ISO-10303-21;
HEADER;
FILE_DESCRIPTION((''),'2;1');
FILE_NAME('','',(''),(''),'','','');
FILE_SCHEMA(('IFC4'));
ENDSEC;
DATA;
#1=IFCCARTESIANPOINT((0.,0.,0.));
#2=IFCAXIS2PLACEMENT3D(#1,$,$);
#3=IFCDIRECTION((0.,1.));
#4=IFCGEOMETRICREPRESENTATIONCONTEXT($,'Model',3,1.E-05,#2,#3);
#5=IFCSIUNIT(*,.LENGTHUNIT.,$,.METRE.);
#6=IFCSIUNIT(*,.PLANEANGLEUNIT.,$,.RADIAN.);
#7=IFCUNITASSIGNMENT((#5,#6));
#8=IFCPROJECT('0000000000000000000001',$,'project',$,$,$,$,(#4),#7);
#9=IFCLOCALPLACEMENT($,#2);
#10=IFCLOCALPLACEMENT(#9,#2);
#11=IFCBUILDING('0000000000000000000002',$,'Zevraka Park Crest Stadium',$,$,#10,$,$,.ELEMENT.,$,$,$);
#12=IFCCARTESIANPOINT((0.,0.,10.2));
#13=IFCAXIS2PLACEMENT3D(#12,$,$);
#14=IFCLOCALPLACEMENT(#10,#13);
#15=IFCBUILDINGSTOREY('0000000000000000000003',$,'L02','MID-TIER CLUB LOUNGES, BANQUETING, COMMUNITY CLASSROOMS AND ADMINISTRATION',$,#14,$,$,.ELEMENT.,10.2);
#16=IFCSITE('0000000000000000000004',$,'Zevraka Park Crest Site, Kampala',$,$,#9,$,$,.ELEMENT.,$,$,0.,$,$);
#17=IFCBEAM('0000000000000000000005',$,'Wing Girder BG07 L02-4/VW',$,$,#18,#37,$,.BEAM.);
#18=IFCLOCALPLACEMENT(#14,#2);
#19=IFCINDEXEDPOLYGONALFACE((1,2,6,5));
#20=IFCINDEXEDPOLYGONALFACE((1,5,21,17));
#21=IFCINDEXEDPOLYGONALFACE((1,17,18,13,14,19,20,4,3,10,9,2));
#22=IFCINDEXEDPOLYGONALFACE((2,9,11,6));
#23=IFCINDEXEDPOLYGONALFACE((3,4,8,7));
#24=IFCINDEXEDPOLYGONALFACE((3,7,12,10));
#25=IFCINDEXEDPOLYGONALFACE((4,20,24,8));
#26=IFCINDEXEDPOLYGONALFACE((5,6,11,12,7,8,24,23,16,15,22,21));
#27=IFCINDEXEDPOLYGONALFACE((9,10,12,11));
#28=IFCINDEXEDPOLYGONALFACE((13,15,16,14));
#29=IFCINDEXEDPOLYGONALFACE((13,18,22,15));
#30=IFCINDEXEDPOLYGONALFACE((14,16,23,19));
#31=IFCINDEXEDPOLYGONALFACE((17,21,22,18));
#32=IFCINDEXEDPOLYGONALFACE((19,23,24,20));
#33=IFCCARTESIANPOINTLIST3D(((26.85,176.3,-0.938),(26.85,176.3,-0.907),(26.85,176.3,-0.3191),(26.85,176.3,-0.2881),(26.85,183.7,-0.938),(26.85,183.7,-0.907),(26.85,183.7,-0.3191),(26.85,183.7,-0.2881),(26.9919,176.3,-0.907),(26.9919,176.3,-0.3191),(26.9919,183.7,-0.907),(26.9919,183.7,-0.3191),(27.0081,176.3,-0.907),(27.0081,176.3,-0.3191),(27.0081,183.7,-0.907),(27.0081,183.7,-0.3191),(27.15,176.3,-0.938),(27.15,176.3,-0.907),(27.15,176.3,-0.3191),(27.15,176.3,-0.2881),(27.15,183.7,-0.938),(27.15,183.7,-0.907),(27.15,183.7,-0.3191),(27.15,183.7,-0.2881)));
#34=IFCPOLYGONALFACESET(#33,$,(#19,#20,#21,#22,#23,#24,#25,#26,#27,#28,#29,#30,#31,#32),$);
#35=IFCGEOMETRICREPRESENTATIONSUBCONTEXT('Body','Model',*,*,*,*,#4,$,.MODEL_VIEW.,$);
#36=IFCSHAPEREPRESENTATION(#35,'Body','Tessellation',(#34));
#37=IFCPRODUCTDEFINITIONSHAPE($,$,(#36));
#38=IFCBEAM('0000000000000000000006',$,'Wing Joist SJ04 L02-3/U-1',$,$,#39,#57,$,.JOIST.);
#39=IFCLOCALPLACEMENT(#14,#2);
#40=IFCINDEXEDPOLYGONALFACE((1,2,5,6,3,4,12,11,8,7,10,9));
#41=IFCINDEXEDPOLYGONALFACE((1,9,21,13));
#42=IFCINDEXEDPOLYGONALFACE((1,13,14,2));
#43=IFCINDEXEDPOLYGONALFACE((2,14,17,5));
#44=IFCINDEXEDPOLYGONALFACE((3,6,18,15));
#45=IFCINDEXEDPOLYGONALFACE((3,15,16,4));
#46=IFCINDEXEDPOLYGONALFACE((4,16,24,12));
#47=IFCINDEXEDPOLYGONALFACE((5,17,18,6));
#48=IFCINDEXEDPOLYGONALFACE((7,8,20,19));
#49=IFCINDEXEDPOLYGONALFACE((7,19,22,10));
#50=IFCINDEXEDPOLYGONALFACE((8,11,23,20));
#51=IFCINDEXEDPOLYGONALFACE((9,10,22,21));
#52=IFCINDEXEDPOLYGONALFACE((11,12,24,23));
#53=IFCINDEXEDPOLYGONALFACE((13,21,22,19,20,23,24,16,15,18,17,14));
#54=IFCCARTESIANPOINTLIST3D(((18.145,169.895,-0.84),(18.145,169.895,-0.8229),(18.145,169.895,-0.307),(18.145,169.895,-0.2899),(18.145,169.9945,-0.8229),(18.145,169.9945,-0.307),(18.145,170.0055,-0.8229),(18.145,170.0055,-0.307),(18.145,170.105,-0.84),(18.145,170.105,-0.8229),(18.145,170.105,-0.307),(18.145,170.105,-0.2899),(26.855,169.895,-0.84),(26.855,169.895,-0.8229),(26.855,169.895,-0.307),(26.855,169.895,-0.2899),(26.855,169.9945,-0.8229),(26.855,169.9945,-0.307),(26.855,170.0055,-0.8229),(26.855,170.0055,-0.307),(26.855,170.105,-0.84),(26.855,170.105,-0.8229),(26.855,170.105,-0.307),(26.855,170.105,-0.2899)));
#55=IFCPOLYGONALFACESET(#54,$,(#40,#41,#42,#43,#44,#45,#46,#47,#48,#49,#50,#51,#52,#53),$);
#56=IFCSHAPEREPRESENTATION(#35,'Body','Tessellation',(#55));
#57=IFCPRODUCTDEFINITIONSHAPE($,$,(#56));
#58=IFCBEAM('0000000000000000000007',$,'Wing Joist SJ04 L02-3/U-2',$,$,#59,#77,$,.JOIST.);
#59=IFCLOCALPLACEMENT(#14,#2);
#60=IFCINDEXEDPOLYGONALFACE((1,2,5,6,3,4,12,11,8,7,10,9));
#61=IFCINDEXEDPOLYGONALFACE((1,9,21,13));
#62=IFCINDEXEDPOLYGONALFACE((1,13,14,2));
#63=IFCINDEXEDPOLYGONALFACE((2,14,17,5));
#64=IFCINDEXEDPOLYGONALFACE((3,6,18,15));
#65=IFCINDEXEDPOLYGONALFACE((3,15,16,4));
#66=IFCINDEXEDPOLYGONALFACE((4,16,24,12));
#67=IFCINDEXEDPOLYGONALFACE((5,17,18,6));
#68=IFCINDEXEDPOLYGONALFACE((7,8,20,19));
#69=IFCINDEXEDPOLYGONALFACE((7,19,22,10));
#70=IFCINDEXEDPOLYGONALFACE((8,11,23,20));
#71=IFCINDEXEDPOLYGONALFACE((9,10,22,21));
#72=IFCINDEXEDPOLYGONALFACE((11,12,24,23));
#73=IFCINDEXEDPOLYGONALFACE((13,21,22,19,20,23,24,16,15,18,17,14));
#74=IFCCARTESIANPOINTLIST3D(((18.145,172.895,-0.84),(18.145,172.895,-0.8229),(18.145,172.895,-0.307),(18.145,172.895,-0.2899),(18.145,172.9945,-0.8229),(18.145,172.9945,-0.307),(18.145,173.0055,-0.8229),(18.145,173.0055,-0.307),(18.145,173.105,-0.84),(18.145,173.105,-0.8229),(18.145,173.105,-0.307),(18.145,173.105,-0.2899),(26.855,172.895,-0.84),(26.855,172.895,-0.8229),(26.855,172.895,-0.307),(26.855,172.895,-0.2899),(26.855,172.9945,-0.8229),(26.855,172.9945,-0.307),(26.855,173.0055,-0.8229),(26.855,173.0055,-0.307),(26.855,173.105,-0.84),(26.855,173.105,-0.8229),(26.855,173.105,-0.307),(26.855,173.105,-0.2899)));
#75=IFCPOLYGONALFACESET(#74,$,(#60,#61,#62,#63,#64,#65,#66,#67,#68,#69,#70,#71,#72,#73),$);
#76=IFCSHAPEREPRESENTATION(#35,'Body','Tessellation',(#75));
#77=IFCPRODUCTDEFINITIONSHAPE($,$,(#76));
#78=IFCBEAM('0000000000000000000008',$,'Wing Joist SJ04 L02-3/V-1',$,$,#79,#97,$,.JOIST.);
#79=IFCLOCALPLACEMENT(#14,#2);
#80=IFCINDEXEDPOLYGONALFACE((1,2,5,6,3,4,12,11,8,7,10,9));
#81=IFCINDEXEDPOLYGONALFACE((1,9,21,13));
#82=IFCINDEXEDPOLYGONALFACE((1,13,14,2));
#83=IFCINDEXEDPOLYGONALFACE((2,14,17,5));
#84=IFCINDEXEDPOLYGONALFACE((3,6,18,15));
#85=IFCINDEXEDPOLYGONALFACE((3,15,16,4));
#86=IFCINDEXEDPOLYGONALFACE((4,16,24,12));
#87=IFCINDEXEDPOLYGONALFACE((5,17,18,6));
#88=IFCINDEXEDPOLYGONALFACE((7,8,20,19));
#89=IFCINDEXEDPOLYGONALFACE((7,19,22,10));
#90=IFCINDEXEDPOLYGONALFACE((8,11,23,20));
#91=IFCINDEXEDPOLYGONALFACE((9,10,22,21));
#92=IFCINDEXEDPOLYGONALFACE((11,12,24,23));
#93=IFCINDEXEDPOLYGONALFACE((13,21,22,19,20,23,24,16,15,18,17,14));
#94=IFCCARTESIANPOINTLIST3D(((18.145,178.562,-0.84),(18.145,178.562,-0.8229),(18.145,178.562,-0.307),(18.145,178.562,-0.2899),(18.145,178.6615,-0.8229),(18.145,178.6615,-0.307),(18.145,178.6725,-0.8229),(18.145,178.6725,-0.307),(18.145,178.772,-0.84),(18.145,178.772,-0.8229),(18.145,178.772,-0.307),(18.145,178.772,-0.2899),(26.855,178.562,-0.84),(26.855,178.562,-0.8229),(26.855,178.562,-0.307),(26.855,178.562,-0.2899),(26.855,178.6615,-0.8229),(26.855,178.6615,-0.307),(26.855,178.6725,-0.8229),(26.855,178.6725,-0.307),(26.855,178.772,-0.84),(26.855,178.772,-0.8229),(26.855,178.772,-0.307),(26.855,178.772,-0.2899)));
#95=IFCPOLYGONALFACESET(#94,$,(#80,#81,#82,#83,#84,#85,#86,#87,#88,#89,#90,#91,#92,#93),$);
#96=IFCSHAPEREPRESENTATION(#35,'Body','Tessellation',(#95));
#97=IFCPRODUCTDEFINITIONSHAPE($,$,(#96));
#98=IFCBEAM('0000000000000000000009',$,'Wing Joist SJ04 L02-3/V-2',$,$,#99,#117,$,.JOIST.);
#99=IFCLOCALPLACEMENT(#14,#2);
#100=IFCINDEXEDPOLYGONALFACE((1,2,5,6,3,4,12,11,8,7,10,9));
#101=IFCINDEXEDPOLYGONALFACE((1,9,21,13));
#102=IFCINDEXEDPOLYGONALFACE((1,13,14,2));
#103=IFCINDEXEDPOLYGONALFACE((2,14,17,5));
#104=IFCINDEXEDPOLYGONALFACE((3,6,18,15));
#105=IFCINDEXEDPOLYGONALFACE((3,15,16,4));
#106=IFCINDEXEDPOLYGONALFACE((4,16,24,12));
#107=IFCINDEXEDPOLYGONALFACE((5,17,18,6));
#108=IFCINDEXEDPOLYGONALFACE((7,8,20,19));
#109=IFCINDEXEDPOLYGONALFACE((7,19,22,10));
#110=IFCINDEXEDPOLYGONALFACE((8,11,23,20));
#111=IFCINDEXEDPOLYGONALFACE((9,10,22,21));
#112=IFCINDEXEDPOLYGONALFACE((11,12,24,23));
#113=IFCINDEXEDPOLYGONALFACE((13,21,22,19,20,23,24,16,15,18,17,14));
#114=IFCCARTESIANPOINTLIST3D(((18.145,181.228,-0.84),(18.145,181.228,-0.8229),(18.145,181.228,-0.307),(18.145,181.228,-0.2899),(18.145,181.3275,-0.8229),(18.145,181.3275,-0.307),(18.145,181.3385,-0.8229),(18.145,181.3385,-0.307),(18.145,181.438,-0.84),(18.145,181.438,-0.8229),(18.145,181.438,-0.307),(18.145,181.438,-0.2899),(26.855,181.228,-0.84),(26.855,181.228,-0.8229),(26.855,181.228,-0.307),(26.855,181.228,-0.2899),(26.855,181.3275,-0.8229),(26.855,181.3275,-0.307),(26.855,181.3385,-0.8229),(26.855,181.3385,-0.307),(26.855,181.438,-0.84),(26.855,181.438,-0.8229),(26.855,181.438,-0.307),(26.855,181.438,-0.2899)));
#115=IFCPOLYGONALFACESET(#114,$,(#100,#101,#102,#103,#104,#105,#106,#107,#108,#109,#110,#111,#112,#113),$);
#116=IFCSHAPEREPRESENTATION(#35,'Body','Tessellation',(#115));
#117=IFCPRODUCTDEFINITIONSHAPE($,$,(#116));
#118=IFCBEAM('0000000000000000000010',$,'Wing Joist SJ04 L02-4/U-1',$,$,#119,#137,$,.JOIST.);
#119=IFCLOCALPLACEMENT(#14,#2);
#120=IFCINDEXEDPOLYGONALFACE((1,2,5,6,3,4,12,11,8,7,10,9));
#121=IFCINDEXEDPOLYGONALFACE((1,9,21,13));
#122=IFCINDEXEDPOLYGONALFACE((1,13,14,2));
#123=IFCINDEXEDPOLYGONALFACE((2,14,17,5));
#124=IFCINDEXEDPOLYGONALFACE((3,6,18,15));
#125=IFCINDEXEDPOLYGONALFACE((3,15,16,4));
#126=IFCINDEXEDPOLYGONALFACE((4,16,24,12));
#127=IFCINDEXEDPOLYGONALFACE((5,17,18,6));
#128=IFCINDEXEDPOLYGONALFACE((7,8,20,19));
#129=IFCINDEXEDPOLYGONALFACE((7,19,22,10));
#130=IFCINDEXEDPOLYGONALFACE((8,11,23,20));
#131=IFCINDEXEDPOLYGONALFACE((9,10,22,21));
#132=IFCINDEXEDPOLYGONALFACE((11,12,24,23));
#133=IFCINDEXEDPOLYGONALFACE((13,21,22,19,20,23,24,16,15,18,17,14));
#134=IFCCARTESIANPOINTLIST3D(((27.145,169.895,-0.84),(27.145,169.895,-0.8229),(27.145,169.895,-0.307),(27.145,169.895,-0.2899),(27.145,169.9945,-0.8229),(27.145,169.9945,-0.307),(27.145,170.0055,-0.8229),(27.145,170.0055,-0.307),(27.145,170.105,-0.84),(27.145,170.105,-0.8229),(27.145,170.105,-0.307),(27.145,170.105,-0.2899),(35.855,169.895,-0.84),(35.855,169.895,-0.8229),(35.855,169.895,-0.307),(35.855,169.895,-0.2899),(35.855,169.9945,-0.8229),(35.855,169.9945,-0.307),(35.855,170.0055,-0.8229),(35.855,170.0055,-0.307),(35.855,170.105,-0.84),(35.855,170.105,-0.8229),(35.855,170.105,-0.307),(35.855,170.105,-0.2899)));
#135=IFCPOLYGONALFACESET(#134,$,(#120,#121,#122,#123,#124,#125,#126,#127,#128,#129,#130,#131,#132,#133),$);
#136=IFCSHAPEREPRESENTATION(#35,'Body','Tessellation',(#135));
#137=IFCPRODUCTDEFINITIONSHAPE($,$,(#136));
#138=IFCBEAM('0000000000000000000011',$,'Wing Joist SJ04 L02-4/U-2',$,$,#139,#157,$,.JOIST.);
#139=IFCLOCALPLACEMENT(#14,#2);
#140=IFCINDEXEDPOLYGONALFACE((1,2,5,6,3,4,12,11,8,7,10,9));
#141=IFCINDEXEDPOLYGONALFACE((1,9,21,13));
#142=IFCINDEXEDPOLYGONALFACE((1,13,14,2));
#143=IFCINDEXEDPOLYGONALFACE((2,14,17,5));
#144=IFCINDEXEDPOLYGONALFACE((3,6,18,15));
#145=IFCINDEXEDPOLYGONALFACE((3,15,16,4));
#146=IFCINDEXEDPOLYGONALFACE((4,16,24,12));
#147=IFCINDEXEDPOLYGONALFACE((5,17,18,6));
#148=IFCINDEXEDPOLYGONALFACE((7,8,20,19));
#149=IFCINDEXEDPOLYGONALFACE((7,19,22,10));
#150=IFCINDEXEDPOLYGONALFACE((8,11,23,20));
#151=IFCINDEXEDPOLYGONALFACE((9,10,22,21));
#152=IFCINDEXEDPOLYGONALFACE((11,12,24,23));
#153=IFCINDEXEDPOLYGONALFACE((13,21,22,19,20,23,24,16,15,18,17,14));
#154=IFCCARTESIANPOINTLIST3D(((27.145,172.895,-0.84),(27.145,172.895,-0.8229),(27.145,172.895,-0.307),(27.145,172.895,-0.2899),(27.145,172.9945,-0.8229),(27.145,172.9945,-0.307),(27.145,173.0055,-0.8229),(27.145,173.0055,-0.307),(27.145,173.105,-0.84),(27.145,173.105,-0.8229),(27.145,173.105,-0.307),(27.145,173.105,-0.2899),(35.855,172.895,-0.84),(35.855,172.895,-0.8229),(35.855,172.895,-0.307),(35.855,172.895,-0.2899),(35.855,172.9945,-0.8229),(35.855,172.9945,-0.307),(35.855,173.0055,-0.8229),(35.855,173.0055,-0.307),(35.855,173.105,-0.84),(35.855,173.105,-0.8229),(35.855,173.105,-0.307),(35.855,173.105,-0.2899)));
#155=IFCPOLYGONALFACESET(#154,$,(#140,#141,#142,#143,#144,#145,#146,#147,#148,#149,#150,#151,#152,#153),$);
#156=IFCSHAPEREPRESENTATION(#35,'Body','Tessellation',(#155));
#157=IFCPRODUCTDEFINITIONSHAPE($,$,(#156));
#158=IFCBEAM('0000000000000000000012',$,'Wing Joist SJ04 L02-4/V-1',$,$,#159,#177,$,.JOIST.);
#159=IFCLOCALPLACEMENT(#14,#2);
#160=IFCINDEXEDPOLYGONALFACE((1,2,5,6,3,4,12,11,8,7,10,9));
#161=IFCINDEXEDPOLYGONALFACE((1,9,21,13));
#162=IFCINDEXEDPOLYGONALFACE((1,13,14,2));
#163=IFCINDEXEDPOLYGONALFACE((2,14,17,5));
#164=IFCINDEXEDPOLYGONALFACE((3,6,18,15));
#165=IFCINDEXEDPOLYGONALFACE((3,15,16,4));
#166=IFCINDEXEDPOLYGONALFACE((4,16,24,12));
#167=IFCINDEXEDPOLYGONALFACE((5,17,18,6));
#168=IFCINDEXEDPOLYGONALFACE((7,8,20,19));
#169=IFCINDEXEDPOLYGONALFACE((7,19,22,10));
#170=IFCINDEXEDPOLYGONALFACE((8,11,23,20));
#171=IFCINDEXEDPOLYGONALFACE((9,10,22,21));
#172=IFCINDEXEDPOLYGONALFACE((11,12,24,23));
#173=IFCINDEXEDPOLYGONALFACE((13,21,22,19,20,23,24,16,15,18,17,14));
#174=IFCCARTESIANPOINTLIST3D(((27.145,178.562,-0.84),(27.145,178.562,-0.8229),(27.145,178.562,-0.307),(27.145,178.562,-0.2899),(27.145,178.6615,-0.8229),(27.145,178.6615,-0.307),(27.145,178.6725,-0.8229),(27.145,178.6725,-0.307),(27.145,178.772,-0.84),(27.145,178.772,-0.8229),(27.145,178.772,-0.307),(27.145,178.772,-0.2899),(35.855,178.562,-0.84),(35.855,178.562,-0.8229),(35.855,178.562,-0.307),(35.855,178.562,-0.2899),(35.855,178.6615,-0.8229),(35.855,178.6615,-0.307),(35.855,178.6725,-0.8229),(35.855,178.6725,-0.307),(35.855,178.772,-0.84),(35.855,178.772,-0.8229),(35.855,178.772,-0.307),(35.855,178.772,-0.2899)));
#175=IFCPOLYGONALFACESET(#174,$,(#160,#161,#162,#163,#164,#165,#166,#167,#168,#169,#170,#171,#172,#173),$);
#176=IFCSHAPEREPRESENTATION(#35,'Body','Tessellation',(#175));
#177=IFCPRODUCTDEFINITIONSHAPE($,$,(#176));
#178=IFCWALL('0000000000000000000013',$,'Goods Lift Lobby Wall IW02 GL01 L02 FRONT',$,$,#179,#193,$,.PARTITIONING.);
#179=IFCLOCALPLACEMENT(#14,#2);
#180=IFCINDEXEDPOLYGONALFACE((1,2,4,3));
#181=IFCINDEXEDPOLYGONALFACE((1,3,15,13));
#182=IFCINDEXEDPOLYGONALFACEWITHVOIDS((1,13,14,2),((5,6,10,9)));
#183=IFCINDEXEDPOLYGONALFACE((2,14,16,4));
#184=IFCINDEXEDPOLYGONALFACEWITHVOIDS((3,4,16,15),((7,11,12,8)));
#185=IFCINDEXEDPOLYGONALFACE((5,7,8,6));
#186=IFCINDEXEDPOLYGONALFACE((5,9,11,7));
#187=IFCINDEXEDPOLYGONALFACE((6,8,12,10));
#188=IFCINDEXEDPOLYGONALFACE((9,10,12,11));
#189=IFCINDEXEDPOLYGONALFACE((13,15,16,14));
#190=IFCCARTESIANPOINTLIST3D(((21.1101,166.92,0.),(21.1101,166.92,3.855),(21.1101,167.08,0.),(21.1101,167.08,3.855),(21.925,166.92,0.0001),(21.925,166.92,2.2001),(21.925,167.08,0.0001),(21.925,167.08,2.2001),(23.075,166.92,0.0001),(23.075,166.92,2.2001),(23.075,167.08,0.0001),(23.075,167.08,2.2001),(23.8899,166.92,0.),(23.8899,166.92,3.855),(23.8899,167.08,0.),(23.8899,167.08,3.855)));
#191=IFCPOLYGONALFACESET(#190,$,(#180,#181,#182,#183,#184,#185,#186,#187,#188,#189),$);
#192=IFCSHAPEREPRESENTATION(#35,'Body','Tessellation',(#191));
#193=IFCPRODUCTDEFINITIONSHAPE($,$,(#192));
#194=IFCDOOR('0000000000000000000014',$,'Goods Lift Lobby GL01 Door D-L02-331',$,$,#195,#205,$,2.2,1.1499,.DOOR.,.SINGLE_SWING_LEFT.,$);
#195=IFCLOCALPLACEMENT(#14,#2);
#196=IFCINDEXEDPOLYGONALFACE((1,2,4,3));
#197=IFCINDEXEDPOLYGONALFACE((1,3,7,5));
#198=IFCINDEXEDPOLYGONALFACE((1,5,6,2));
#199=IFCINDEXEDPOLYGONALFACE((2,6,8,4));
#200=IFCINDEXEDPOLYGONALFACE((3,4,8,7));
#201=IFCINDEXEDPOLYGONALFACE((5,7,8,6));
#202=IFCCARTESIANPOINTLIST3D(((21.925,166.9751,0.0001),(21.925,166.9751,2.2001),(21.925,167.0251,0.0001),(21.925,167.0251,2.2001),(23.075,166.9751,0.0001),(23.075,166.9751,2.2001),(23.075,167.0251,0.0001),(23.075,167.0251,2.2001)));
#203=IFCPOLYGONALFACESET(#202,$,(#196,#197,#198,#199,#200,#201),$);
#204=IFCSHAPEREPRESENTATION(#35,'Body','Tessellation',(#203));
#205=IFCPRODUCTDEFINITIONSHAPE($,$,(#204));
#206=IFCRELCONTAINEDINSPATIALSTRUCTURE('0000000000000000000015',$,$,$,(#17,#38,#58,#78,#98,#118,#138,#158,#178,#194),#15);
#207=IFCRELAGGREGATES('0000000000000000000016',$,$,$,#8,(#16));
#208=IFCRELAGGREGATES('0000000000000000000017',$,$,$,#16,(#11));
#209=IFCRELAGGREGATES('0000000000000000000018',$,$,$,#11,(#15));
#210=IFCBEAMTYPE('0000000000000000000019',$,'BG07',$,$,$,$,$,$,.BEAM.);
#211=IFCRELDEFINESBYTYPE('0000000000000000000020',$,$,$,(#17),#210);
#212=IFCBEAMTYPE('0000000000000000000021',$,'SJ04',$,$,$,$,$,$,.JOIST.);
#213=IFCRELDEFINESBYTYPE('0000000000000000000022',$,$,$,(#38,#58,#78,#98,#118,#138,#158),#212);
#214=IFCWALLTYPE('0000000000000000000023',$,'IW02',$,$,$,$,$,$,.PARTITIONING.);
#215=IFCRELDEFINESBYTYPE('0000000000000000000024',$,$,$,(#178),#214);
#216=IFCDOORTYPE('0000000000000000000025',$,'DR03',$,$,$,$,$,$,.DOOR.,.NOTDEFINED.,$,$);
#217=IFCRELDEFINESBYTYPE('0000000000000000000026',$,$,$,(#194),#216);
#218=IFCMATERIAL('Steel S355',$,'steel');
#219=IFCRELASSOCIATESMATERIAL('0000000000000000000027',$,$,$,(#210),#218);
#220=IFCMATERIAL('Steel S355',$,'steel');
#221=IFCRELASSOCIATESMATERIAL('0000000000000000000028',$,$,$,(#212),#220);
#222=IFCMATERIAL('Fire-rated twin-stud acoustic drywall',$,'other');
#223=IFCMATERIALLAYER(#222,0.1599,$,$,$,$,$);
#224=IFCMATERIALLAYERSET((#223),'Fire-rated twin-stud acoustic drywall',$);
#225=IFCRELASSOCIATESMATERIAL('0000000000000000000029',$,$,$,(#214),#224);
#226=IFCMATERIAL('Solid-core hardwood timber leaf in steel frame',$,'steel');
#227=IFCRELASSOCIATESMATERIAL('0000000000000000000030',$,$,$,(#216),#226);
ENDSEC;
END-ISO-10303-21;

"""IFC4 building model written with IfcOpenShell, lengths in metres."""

from ifc_helpers import new_model, si_unit, direction, frame, frame_2d, origin, origin_2d, place, context, subcontext, project, spatial, rectangle, i_section, extrude, material, layer, layer_set, material_profile, profile_set, type_object, element, fill, save


model = new_model("IFC4")

# Units and contexts
model_context = context("Model", 3, precision=1e-05, world=origin(), true_north=direction((0.0, 1.0)))
body_context = subcontext(model_context, "Body", "Model", "MODEL_VIEW")
ifc_project = project(units=[si_unit("LENGTHUNIT", "METRE"), si_unit("PLANEANGLEUNIT", "RADIAN")], contexts=[model_context])

# Site, building, storey
site_placement = place(None, origin())
site = spatial("IfcSite", under=ifc_project, at=site_placement, Name="Zevraka Park Crest Site, Kampala", CompositionType="ELEMENT", RefElevation=0.0)
building_placement = place(site_placement, origin())
building = spatial("IfcBuilding", under=site, at=building_placement, Name="Zevraka Park Crest Stadium", CompositionType="ELEMENT")
storey_placement = place(building_placement, frame((0.0, 0.0, 10.2)))
storey = spatial("IfcBuildingStorey", under=building, at=storey_placement, Name="L02", Description="MID-TIER CLUB LOUNGES, BANQUETING, COMMUNITY CLASSROOMS AND ADMINISTRATION", CompositionType="ELEMENT", Elevation=10.2)

# Beams
ifc_material_1 = material(Name="Steel S355", Category="steel")
ifc_material_profile_1 = material_profile(ifc_material_1, i_section(OverallWidth=0.3, OverallDepth=0.6499, WebThickness=0.0161, FlangeThickness=0.031, at=origin_2d()), Name="HEB 650")
ifc_profile_set_1 = profile_set([ifc_material_profile_1], Name="Steel S355")
beam_type_1 = type_object("IfcBeamType", Name="BG07", PredefinedType="BEAM", material=ifc_profile_set_1)
beam_1_placement = place(storey_placement, frame((27.0, 176.3, -0.613), z_axis=(0.0, 1.0, 0.0), x_axis=(-1.0, 0.0, 0.0)))
element("IfcBeam", 1, at=beam_1_placement, inside=storey, type_object=beam_type_1, Name="Wing Girder BG07 L02-4/VW", PredefinedType="BEAM", context=body_context, shape_type="SweptSolid", body=[
    extrude(i_section(OverallWidth=0.3, OverallDepth=0.6499, WebThickness=0.0161, FlangeThickness=0.031, at=origin_2d()), origin(), (0.0, 0.0, 1.0), 7.3999),
])
ifc_material_2 = material(Name="Steel S355", Category="steel")
ifc_material_profile_2 = material_profile(ifc_material_2, i_section(OverallWidth=0.21, OverallDepth=0.55, WebThickness=0.011, FlangeThickness=0.0171, at=origin_2d()), Name="IPE 550")
ifc_profile_set_2 = profile_set([ifc_material_profile_2], Name="Steel S355")
beam_type_2 = type_object("IfcBeamType", Name="SJ04", PredefinedType="JOIST", material=ifc_profile_set_2)
for number, where, z_axis, x_axis, name in (
    (2, (18.145, 170.0, -0.5649), (1.0, 0.0, 0.0), (0.0, 1.0, 0.0), "Wing Joist SJ04 L02-3/U-1"),
    (3, (18.145, 173.0, -0.5649), (1.0, 0.0, 0.0), (0.0, 1.0, 0.0), "Wing Joist SJ04 L02-3/U-2"),
    (4, (18.145, 178.667, -0.5649), (1.0, 0.0, 0.0), (0.0, 1.0, 0.0), "Wing Joist SJ04 L02-3/V-1"),
    (5, (18.145, 181.333, -0.5649), (1.0, 0.0, 0.0), (0.0, 1.0, 0.0), "Wing Joist SJ04 L02-3/V-2"),
    (6, (27.145, 170.0, -0.5649), (1.0, 0.0, 0.0), (0.0, 1.0, 0.0), "Wing Joist SJ04 L02-4/U-1"),
    (7, (27.145, 173.0, -0.5649), (1.0, 0.0, 0.0), (0.0, 1.0, 0.0), "Wing Joist SJ04 L02-4/U-2"),
    (8, (27.145, 178.667, -0.5649), (1.0, 0.0, 0.0), (0.0, 1.0, 0.0), "Wing Joist SJ04 L02-4/V-1"),
):
    element("IfcBeam", number, at=place(storey_placement, frame(where, z_axis=z_axis, x_axis=x_axis)), inside=storey, type_object=beam_type_2, Name=name, PredefinedType="JOIST", context=body_context, shape_type="SweptSolid", body=[
        extrude(i_section(OverallWidth=0.21, OverallDepth=0.55, WebThickness=0.011, FlangeThickness=0.0171, at=origin_2d()), origin(), (0.0, 0.0, 1.0), 8.71),
    ])

# Wall, opening, door
ifc_material_3 = material(Name="Fire-rated twin-stud acoustic drywall", Category="other")
ifc_layer_1 = layer(ifc_material_3, 0.1599)
ifc_layer_set_1 = layer_set([ifc_layer_1], Name="Fire-rated twin-stud acoustic drywall")
wall_type_1 = type_object("IfcWallType", Name="IW02", PredefinedType="PARTITIONING", material=ifc_layer_set_1)
wall_1_placement = place(storey_placement, frame((23.8899, 167.0, 0.0), z_axis=(0.0, 0.0, 1.0), x_axis=(-1.0, 0.0, 0.0)))
wall_1 = element("IfcWall", 9, at=wall_1_placement, inside=storey, type_object=wall_type_1, Name="Goods Lift Lobby Wall IW02 GL01 L02 FRONT", PredefinedType="PARTITIONING", context=body_context, shape_type="SweptSolid", body=[
    extrude(rectangle(XDim=2.7798, YDim=0.1599, at=frame_2d((1.3899, 0.0))), origin(), (0.0, 0.0, 1.0), 3.855),
])
opening_1_placement = place(wall_1_placement, frame((0.8149, 0.0, 0.0)))
opening_1 = element("IfcOpeningElement", 10, at=opening_1_placement, cuts=wall_1, PredefinedType="OPENING", context=body_context, shape_type="SweptSolid", body=[
    extrude(rectangle(XDim=1.1499, YDim=2.2, at=frame_2d((0.575, 1.1001))), frame((0.0, 0.0898, 0.0), z_axis=(0.0, -1.0, 0.0), x_axis=(1.0, 0.0, 0.0)), (0.0, 0.0, 1.0), 0.1799),
])
ifc_material_4 = material(Name="Solid-core hardwood timber leaf in steel frame", Category="steel")
door_type_1 = type_object("IfcDoorType", Name="DR03", OperationType="NOTDEFINED", PredefinedType="DOOR", material=ifc_material_4)
door_1_placement = place(opening_1_placement, origin())
door_1 = element("IfcDoor", 11, at=door_1_placement, inside=storey, type_object=door_type_1, Name="Goods Lift Lobby GL01 Door D-L02-331", OperationType="SINGLE_SWING_LEFT", OverallHeight=2.2, OverallWidth=1.1499, PredefinedType="DOOR", context=body_context, shape_type="SweptSolid", body=[
    extrude(rectangle(XDim=1.1499, YDim=2.2, at=frame_2d((0.575, 1.1001))), frame((0.0, 0.0249, 0.0), z_axis=(0.0, -1.0, 0.0), x_axis=(1.0, 0.0, 0.0)), (0.0, 0.0, 1.0), 0.05),
])
fill(opening_1, door_1)

save(model, "model.ifc")
